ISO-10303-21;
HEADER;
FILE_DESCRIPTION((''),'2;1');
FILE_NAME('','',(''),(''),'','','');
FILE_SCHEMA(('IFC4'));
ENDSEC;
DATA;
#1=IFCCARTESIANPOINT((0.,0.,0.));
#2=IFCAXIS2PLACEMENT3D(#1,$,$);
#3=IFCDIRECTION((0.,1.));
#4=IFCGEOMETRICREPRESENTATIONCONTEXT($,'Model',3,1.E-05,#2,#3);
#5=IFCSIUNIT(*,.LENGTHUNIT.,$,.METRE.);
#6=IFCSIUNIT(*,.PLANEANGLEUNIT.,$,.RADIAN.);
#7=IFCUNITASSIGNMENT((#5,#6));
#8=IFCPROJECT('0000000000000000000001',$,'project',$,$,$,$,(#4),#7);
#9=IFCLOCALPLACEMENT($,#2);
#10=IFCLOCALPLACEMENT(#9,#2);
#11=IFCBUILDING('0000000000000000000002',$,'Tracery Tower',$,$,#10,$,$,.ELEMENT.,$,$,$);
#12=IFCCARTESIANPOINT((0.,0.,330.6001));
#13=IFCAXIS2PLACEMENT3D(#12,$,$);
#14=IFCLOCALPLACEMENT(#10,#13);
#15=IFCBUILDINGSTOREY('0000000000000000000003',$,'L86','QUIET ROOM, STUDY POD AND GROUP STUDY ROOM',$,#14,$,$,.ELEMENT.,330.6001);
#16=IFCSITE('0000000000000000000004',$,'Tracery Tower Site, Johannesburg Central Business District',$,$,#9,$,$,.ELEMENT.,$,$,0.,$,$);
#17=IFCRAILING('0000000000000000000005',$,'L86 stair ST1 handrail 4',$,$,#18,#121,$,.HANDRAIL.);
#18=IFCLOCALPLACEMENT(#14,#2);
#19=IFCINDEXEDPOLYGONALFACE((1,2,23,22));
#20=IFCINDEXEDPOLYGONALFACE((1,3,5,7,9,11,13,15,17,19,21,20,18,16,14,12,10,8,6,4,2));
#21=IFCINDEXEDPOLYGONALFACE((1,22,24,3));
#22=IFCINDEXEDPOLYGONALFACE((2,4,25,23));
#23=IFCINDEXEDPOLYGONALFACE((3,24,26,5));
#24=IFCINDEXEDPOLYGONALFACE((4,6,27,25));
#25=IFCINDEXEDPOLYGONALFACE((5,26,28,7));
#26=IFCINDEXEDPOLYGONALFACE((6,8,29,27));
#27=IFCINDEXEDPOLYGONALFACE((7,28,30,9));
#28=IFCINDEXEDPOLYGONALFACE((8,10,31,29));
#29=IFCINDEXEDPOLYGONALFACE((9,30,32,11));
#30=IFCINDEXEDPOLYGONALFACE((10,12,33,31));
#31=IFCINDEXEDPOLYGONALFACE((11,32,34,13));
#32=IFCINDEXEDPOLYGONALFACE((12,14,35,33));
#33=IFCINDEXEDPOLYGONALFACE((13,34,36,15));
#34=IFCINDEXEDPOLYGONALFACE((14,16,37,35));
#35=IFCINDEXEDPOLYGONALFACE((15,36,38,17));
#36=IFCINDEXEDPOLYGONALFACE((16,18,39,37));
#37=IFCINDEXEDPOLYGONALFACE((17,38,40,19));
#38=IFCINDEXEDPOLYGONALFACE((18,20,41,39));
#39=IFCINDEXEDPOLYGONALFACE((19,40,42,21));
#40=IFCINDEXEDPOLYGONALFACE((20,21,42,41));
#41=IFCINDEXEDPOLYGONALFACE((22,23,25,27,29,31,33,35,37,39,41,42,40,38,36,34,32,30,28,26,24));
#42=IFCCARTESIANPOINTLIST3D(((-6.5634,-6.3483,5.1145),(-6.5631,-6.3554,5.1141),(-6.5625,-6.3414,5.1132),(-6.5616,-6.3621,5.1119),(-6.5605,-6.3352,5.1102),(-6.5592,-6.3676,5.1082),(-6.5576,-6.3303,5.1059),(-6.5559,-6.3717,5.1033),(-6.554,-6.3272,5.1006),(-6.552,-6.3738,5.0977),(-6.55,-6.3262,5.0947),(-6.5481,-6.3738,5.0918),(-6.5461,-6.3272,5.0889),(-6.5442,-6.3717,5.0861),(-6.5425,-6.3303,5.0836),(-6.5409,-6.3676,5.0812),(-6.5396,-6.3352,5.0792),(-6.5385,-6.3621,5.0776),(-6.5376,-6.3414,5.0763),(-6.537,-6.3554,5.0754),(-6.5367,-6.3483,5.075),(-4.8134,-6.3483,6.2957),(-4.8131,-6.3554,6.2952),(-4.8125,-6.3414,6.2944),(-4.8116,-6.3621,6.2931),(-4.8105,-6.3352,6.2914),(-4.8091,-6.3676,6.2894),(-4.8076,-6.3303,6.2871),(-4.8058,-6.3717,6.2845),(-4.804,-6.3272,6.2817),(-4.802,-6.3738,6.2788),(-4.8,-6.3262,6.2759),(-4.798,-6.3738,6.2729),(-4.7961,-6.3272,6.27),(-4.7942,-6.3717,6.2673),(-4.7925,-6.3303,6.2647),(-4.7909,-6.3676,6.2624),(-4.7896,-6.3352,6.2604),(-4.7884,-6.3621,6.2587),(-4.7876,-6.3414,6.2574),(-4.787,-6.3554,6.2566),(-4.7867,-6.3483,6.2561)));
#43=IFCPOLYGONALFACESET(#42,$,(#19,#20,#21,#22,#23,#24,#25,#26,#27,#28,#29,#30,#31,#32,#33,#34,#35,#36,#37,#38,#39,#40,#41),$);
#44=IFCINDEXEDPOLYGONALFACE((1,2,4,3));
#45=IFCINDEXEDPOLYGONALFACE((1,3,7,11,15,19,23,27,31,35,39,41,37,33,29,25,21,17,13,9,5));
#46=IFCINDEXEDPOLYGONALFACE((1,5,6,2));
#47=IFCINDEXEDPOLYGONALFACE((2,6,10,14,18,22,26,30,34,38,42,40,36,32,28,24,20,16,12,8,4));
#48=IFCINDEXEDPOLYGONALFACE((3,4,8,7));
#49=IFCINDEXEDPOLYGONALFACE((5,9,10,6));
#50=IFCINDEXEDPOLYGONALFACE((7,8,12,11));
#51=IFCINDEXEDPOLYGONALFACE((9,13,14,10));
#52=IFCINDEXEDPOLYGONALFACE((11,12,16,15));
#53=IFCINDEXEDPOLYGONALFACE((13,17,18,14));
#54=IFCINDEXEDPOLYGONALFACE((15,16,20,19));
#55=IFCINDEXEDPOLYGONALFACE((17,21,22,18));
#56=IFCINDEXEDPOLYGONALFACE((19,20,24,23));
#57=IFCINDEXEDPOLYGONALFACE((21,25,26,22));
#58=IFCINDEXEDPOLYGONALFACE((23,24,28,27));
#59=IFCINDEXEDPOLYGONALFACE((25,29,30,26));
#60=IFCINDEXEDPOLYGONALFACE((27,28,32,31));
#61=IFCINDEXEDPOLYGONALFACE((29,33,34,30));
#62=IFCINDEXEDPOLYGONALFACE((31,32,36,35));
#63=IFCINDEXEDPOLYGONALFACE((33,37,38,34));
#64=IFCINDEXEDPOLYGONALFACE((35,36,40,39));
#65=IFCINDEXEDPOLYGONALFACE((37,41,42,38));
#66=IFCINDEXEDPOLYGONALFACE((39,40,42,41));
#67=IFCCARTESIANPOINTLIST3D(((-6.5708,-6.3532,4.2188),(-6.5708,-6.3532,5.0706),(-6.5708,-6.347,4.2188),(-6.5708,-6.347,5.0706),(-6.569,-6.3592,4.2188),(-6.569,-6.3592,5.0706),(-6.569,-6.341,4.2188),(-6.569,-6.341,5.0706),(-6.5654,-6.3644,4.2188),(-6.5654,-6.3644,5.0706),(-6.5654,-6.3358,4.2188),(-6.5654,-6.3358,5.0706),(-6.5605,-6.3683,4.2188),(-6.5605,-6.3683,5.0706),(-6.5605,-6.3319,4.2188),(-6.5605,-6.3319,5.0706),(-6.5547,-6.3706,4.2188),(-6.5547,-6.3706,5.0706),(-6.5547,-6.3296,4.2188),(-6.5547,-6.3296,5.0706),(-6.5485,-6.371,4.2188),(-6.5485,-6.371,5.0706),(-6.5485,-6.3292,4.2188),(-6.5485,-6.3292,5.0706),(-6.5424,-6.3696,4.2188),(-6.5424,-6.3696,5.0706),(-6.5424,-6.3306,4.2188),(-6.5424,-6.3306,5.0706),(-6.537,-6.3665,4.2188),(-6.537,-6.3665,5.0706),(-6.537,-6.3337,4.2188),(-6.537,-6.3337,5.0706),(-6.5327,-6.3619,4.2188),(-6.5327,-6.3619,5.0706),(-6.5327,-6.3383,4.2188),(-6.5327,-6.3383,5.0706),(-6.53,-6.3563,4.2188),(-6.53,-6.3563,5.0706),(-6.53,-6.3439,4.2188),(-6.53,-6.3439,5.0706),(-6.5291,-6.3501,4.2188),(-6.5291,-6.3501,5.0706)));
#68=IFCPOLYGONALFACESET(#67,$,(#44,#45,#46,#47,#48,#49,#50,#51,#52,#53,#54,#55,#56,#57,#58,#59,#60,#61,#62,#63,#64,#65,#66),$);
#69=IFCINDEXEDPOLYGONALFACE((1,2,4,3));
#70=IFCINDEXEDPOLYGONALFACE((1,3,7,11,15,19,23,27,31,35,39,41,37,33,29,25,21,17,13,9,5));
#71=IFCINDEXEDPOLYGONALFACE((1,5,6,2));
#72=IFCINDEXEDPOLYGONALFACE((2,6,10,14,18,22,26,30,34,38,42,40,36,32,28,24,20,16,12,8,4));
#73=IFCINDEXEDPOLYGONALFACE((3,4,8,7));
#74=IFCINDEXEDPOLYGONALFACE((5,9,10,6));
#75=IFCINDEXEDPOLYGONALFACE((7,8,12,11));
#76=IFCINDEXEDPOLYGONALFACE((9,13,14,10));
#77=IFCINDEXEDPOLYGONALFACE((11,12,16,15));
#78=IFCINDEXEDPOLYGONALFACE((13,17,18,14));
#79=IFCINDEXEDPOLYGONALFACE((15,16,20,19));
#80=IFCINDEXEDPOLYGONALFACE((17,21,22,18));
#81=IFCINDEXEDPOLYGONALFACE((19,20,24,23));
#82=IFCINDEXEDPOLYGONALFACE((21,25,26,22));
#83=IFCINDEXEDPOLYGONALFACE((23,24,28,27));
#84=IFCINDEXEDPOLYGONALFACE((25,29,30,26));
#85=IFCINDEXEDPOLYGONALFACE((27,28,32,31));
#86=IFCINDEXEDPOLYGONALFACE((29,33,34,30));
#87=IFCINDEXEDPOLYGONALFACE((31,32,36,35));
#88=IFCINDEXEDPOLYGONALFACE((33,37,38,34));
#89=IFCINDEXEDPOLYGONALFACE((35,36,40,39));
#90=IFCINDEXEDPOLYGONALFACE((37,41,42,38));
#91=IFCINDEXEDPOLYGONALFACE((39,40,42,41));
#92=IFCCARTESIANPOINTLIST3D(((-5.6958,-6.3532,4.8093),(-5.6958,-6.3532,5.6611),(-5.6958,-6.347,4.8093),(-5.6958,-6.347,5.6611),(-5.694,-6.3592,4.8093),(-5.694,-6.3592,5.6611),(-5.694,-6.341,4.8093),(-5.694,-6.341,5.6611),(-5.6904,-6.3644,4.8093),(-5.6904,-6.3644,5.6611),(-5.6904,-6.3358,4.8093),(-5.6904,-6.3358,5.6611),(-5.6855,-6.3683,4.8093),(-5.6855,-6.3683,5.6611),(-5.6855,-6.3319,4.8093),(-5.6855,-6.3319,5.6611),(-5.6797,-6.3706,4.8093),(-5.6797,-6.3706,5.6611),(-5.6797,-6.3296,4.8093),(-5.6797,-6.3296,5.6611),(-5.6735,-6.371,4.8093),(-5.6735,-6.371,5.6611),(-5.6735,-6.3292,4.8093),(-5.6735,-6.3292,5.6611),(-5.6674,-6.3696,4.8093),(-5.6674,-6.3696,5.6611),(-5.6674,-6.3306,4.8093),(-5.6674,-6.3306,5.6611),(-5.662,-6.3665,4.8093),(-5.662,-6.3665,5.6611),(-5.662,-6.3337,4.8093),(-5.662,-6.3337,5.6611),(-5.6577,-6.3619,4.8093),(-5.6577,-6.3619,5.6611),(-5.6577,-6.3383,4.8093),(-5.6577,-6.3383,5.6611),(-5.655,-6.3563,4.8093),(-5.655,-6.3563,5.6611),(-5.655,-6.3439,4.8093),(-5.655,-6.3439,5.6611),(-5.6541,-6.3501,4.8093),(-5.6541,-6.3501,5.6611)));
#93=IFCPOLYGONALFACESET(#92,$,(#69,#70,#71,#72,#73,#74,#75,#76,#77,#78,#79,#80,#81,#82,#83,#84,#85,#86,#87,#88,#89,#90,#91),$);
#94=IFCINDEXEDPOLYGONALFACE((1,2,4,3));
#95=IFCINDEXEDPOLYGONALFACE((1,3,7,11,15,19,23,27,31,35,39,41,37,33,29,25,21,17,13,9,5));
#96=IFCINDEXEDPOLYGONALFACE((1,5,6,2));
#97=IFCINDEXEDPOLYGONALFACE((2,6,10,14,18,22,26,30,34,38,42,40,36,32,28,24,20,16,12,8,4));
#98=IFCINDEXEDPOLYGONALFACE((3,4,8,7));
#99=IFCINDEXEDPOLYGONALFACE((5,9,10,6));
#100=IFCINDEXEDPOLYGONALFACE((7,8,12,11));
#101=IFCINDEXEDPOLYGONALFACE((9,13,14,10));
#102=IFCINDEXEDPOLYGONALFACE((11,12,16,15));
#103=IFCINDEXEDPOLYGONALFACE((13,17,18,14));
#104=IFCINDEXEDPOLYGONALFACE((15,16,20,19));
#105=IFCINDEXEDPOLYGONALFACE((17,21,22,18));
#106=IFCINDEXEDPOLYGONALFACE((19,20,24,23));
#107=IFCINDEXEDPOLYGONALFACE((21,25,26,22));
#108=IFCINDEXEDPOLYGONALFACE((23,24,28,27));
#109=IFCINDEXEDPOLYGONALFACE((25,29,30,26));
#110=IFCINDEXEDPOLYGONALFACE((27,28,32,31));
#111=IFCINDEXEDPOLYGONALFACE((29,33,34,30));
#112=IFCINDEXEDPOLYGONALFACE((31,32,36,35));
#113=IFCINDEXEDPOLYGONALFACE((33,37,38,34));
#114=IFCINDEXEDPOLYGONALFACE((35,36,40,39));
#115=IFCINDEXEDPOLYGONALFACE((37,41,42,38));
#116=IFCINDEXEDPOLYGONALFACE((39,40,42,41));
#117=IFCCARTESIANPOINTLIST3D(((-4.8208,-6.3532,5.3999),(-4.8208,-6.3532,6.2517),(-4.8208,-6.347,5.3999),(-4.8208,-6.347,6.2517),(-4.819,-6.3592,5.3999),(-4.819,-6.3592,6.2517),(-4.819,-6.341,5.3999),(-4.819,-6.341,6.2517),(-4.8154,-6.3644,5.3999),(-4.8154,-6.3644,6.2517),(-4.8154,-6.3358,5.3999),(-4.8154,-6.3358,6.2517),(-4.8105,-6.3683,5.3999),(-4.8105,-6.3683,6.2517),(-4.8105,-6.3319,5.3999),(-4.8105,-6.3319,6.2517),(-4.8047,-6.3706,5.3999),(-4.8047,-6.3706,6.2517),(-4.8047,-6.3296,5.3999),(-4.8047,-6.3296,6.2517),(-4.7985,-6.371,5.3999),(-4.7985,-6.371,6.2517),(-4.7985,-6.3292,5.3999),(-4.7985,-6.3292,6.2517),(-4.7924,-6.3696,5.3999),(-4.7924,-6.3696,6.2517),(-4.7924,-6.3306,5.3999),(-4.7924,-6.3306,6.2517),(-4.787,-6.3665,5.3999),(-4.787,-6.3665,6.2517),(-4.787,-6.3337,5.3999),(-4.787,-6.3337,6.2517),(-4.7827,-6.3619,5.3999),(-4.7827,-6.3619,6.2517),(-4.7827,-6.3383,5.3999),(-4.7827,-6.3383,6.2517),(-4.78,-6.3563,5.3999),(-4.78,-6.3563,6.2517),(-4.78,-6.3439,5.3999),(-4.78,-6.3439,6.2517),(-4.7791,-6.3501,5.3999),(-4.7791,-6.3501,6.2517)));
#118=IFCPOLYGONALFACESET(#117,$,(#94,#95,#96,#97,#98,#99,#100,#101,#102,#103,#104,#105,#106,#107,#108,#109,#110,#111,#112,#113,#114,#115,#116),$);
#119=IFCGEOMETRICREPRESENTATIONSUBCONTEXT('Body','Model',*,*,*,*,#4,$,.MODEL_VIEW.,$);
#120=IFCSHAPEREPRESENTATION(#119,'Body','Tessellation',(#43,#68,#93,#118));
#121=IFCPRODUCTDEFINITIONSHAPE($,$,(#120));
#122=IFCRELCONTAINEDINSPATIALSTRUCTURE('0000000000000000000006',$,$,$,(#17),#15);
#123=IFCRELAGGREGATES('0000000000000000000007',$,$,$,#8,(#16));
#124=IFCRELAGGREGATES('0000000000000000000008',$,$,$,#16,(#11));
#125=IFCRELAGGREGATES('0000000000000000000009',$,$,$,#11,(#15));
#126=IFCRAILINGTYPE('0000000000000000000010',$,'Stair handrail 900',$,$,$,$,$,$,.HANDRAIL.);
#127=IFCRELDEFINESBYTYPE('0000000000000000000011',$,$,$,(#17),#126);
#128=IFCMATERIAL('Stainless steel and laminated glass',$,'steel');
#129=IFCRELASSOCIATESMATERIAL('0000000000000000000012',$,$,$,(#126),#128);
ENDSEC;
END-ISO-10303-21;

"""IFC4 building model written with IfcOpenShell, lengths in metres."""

from ifc_helpers import new_model, si_unit, direction, frame, origin, origin_2d, place, context, subcontext, project, spatial, circle, extrude, material, type_object, element, save


model = new_model("IFC4")

# Units and contexts
model_context = context("Model", 3, precision=1e-05, world=origin(), true_north=direction((0.0, 1.0)))
body_context = subcontext(model_context, "Body", "Model", "MODEL_VIEW")
ifc_project = project(units=[si_unit("LENGTHUNIT", "METRE"), si_unit("PLANEANGLEUNIT", "RADIAN")], contexts=[model_context])

# Site, building, storey
site_placement = place(None, origin())
site = spatial("IfcSite", under=ifc_project, at=site_placement, Name="Tracery Tower Site, Johannesburg Central Business District", CompositionType="ELEMENT", RefElevation=0.0)
building_placement = place(site_placement, origin())
building = spatial("IfcBuilding", under=site, at=building_placement, Name="Tracery Tower", CompositionType="ELEMENT")
storey_placement = place(building_placement, frame((0.0, 0.0, 330.6001)))
storey = spatial("IfcBuildingStorey", under=building, at=storey_placement, Name="L86", Description="QUIET ROOM, STUDY POD AND GROUP STUDY ROOM", CompositionType="ELEMENT", Elevation=330.6001)

# Railing
ifc_material_1 = material(Name="Stainless steel and laminated glass", Category="steel")
railing_type = type_object("IfcRailingType", Name="Stair handrail 900", PredefinedType="HANDRAIL", material=ifc_material_1)
railing_1_placement = place(storey_placement, frame((-6.55, -6.3501, 4.2188)))
element("IfcRailing", 1, at=railing_1_placement, inside=storey, type_object=railing_type, Name="L86 stair ST1 handrail 4", PredefinedType="HANDRAIL", context=body_context, shape_type="SweptSolid", body=[
    extrude(circle(Radius=0.0239, at=origin_2d()), frame((0.0, 0.0, 0.876), z_axis=(0.82887, 0.0, 0.559441), x_axis=(0.0, 1.0, 0.0)), (0.0, 0.0, 1.0), 2.1113),
    extrude(circle(Radius=0.021, at=origin_2d()), origin(), (0.0, 0.0, 1.0), 0.8518),
    extrude(circle(Radius=0.021, at=origin_2d()), frame((0.875, 0.0, 0.5906)), (0.0, 0.0, 1.0), 0.8518),
    extrude(circle(Radius=0.021, at=origin_2d()), frame((1.75, 0.0, 1.1812)), (0.0, 0.0, 1.0), 0.8518),
])

save(model, "model.ifc")
